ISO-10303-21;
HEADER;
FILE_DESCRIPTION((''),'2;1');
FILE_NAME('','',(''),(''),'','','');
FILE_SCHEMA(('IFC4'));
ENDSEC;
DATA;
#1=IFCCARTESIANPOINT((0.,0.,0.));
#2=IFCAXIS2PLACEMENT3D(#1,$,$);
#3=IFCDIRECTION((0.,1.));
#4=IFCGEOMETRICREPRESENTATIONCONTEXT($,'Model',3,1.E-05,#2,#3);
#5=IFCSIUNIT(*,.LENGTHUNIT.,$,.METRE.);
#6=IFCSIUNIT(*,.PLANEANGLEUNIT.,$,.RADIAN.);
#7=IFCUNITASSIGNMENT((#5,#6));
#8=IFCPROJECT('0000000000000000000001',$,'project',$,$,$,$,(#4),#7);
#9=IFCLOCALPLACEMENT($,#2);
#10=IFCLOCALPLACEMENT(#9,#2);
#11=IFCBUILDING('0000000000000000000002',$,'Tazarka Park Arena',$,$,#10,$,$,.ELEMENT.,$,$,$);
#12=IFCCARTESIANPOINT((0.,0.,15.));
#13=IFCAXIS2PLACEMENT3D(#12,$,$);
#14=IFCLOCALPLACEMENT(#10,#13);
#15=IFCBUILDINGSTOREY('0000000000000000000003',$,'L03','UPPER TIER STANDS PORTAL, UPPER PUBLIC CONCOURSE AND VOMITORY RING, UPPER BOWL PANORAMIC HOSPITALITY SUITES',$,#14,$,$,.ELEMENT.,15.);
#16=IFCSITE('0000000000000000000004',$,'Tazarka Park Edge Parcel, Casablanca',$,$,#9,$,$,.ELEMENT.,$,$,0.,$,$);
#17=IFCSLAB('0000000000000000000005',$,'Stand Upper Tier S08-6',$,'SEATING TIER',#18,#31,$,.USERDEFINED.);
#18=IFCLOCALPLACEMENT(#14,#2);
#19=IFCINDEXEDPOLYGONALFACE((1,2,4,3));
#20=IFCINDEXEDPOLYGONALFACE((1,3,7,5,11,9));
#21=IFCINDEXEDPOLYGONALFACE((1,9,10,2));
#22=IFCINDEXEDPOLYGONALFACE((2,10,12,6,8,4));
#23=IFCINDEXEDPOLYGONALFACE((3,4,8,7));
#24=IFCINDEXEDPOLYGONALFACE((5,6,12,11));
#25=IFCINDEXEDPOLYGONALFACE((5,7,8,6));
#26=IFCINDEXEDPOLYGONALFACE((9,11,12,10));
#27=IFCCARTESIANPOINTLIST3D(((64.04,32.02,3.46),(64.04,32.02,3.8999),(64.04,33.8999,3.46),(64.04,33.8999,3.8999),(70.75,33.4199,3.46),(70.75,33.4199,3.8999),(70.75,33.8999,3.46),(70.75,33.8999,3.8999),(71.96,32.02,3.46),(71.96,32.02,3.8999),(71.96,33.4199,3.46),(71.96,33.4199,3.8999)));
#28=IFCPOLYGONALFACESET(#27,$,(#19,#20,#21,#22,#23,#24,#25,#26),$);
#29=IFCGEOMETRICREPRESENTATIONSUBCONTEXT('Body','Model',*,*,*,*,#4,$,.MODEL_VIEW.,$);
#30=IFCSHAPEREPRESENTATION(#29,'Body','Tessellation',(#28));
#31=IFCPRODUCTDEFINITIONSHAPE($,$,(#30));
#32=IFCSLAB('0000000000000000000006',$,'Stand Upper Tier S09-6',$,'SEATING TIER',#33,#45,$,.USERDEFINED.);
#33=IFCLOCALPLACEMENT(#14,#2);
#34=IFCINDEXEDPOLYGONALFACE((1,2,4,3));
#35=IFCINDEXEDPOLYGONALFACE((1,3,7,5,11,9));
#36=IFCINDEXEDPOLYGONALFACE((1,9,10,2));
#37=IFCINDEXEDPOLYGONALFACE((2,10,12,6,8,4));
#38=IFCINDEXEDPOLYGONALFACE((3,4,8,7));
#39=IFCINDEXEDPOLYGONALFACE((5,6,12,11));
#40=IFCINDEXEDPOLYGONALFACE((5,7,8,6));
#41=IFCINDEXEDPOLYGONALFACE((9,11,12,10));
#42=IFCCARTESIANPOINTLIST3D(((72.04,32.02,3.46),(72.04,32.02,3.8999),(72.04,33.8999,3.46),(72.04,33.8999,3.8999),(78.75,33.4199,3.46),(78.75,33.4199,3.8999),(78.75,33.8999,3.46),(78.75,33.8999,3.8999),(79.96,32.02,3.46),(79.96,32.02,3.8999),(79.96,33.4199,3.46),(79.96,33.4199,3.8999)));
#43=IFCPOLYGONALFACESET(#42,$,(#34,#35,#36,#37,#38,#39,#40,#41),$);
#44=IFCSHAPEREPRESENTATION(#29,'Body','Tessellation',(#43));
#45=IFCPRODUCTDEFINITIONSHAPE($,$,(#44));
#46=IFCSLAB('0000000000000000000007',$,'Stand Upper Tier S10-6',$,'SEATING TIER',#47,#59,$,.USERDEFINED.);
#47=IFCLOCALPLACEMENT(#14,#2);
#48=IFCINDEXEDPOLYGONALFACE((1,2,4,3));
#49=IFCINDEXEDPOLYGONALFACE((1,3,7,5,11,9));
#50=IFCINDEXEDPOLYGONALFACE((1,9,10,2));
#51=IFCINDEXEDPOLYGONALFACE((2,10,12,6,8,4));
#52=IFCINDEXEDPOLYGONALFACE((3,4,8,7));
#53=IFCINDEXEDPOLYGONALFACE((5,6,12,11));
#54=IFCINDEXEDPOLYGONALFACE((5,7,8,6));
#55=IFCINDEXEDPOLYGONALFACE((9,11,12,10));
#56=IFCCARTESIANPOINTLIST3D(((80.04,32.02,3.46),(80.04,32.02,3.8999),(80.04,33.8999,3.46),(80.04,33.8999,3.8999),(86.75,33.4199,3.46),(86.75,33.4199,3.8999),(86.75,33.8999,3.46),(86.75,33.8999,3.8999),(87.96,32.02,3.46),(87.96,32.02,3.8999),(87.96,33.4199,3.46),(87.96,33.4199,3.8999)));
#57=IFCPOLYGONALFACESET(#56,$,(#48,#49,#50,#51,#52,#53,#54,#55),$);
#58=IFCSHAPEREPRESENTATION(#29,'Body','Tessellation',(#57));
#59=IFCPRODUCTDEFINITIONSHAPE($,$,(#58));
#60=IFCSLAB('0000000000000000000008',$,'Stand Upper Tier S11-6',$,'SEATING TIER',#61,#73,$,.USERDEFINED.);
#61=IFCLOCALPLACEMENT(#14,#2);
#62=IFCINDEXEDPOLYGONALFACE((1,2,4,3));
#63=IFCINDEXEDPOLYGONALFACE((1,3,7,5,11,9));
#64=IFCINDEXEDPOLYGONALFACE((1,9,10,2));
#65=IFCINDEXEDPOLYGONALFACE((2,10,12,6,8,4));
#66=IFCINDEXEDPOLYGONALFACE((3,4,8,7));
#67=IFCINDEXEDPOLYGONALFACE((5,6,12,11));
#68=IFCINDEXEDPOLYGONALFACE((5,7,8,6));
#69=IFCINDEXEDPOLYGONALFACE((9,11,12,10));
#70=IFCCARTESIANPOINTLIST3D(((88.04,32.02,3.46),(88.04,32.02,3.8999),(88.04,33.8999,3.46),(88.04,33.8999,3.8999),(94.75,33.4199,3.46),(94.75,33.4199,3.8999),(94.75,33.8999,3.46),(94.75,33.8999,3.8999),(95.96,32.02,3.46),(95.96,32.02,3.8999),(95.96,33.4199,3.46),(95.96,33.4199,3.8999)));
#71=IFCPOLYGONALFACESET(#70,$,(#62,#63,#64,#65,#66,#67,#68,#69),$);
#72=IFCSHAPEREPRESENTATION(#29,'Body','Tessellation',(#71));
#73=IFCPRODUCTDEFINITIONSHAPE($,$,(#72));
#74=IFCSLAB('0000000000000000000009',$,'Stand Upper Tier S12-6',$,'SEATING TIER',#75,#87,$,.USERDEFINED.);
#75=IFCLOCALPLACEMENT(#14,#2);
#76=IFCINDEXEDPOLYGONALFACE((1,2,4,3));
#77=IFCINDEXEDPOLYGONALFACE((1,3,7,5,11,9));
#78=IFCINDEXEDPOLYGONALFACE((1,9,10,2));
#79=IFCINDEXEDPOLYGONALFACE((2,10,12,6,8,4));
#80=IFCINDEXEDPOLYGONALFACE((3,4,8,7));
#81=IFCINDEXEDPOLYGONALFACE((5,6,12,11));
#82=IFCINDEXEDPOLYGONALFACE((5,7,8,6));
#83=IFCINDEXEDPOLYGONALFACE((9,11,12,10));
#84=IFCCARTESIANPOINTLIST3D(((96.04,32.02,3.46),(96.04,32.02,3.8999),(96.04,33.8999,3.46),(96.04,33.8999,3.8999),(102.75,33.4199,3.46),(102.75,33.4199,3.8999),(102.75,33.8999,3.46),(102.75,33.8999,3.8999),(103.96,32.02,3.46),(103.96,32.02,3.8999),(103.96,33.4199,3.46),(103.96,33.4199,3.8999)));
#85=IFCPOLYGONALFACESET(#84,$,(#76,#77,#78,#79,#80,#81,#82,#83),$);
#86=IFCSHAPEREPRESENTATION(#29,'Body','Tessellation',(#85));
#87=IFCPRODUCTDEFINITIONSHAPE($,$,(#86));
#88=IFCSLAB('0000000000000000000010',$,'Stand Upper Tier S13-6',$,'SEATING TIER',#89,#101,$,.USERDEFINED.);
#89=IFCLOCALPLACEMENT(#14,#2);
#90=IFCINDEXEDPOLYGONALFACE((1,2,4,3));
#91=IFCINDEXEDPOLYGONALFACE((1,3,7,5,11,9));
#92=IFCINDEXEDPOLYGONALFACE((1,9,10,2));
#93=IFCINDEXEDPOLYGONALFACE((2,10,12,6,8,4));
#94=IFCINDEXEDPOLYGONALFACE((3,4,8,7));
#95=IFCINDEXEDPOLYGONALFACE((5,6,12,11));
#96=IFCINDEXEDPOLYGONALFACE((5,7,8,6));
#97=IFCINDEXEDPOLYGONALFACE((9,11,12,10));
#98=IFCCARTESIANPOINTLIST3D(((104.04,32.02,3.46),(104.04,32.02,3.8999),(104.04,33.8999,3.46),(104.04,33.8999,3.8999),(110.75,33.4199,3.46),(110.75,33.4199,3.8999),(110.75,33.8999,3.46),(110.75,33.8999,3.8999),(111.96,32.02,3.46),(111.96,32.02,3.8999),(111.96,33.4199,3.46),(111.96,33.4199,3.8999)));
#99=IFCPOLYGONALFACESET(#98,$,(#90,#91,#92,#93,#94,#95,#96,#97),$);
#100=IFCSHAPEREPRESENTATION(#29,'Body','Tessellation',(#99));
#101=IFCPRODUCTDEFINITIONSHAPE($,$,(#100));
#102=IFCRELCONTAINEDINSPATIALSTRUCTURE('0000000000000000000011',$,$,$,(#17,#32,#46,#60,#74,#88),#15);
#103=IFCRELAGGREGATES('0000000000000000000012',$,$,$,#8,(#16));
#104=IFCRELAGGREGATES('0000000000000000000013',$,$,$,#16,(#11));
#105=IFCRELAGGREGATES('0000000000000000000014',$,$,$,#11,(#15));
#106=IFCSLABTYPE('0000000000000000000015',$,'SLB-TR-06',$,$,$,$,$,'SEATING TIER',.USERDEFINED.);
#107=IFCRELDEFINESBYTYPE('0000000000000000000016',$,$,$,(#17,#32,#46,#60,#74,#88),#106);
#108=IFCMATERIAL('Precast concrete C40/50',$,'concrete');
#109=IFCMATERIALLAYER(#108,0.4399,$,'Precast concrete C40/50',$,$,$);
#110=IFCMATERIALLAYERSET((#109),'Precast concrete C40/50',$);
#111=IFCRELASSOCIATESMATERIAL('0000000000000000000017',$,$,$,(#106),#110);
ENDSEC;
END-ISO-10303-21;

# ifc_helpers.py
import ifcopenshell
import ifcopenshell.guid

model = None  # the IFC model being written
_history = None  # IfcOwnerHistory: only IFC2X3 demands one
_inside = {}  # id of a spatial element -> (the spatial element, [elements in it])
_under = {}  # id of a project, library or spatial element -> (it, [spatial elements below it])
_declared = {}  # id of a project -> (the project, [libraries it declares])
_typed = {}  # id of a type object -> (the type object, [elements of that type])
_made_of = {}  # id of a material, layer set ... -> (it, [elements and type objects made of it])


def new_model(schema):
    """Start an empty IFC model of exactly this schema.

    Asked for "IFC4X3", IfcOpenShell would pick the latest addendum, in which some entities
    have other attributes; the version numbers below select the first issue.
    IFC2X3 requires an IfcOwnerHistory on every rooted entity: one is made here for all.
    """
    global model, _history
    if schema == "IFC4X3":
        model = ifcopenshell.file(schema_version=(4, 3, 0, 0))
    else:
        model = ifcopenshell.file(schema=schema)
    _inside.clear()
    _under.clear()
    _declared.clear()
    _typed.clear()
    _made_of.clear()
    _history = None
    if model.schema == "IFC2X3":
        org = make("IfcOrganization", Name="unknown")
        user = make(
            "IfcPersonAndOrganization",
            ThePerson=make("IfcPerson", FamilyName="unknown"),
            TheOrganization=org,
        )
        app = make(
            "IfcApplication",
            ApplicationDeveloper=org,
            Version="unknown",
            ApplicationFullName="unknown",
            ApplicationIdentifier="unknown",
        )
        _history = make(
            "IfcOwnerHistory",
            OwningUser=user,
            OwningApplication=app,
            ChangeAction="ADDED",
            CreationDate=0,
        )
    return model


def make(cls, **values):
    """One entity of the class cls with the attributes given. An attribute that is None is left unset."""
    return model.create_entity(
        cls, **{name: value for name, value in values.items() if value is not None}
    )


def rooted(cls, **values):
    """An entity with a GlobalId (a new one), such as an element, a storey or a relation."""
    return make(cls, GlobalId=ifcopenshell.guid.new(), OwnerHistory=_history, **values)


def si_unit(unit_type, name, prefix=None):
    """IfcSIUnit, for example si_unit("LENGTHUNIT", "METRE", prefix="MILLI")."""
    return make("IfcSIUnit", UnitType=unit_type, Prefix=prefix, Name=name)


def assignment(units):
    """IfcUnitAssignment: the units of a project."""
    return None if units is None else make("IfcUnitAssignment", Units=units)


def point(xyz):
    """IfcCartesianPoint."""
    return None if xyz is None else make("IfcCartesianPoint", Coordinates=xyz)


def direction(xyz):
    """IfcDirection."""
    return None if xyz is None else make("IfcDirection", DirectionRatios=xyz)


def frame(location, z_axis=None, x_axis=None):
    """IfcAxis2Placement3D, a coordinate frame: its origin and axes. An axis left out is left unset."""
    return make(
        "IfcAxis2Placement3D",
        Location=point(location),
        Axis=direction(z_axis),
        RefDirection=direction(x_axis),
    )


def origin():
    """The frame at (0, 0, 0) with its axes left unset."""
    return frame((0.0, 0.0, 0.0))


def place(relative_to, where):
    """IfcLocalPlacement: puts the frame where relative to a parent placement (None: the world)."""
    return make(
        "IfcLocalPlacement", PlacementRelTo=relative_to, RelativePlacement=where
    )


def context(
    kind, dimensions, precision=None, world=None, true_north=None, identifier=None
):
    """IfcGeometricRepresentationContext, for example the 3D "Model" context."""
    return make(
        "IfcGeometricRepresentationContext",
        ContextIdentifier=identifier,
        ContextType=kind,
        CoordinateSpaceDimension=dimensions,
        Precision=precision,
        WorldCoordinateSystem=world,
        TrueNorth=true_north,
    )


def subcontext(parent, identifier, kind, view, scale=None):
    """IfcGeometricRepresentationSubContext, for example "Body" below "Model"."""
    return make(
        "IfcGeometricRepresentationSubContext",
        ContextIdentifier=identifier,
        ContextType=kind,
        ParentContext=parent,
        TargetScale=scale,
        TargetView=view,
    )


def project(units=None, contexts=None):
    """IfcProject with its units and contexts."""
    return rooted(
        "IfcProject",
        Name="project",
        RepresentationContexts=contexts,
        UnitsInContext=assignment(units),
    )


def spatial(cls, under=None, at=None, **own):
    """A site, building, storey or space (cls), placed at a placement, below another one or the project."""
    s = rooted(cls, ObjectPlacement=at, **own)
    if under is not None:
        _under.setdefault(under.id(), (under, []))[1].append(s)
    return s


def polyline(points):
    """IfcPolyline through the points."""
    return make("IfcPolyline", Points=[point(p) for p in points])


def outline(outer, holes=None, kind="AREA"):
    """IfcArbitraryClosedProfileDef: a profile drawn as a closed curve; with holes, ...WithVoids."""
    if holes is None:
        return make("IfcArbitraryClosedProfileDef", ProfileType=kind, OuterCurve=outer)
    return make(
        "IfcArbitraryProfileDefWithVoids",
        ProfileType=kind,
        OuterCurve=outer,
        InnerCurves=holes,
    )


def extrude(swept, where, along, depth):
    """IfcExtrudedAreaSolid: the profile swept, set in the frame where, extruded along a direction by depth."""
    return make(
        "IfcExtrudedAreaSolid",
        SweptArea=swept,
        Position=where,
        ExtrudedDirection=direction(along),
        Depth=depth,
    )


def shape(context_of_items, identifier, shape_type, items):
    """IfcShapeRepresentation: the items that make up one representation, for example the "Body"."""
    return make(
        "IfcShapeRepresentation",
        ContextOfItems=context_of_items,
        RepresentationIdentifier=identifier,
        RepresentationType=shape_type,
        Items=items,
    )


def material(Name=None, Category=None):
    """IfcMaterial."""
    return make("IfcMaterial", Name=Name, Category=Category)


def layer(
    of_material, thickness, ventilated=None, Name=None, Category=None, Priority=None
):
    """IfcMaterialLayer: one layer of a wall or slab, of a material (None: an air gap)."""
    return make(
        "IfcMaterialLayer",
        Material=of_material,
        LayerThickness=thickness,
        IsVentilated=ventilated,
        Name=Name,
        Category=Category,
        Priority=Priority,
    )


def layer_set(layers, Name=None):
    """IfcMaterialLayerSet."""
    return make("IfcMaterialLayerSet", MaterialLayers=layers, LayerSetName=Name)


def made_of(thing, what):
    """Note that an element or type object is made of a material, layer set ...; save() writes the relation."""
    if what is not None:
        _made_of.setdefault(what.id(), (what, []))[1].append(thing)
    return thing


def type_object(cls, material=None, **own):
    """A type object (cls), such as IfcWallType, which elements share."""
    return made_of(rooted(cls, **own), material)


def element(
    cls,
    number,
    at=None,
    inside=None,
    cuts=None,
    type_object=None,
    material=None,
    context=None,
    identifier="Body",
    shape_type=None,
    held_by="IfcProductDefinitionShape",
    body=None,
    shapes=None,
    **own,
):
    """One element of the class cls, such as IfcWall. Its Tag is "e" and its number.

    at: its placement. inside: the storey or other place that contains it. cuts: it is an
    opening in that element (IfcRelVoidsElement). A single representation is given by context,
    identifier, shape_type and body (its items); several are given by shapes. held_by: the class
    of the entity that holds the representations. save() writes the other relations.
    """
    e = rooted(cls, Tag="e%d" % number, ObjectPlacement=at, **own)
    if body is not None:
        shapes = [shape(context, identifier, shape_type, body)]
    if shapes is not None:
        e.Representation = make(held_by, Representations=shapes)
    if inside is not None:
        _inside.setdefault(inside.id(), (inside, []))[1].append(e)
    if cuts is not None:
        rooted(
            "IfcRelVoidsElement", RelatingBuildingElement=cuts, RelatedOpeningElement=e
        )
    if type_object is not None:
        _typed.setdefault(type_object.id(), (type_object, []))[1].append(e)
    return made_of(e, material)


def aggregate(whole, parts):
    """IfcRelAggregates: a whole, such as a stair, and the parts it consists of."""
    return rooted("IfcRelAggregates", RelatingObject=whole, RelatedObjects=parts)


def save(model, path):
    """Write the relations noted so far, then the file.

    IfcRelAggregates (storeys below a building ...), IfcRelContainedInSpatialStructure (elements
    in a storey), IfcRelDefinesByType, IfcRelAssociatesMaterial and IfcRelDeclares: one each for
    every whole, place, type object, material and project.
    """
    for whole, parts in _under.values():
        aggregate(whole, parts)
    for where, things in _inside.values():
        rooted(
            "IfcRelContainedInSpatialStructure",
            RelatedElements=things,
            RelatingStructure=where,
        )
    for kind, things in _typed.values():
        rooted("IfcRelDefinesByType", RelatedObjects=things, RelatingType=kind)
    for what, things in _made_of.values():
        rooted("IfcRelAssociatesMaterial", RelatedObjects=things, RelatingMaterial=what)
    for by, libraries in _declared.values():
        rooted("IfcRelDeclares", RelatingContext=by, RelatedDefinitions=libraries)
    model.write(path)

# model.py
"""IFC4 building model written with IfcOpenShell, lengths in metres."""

from ifc_helpers import new_model, si_unit, direction, frame, origin, place, context, subcontext, project, spatial, polyline, outline, extrude, material, layer, layer_set, type_object, element, save


model = new_model("IFC4")

# Units and contexts
model_context = context("Model", 3, precision=1e-05, world=origin(), true_north=direction((0.0, 1.0)))
body_context = subcontext(model_context, "Body", "Model", "MODEL_VIEW")
ifc_project = project(units=[si_unit("LENGTHUNIT", "METRE"), si_unit("PLANEANGLEUNIT", "RADIAN")], contexts=[model_context])

# Site, building, storey
site_placement = place(None, origin())
site = spatial("IfcSite", under=ifc_project, at=site_placement, Name="Tazarka Park Edge Parcel, Casablanca", CompositionType="ELEMENT", RefElevation=0.0)
building_placement = place(site_placement, origin())
building = spatial("IfcBuilding", under=site, at=building_placement, Name="Tazarka Park Arena", CompositionType="ELEMENT")
storey_placement = place(building_placement, frame((0.0, 0.0, 15.0)))
storey = spatial("IfcBuildingStorey", under=building, at=storey_placement, Name="L03", Description="UPPER TIER STANDS PORTAL, UPPER PUBLIC CONCOURSE AND VOMITORY RING, UPPER BOWL PANORAMIC HOSPITALITY SUITES", CompositionType="ELEMENT", Elevation=15.0)

# Slabs
ifc_material_1 = material(Name="Precast concrete C40/50", Category="concrete")
ifc_layer_1 = layer(ifc_material_1, 0.4399, Name="Precast concrete C40/50")
ifc_layer_set_1 = layer_set([ifc_layer_1], Name="Precast concrete C40/50")
slab_type_1 = type_object("IfcSlabType", Name="SLB-TR-06", ElementType="SEATING TIER", PredefinedType="USERDEFINED", material=ifc_layer_set_1)
slab_1_placement = place(storey_placement, frame((0.0, 0.0, 3.46)))
element("IfcSlab", 1, at=slab_1_placement, inside=storey, type_object=slab_type_1, Name="Stand Upper Tier S08-6", ObjectType="SEATING TIER", PredefinedType="USERDEFINED", context=body_context, shape_type="SweptSolid", body=[
    extrude(outline(polyline([(64.04, 32.02), (71.96, 32.02), (71.96, 33.4199), (70.75, 33.4199), (70.75, 33.8999), (64.04, 33.8999), (64.04, 32.02)])), origin(), (0.0, 0.0, 1.0), 0.4399),
])
slab_2_placement = place(storey_placement, frame((0.0, 0.0, 3.46)))
element("IfcSlab", 2, at=slab_2_placement, inside=storey, type_object=slab_type_1, Name="Stand Upper Tier S09-6", ObjectType="SEATING TIER", PredefinedType="USERDEFINED", context=body_context, shape_type="SweptSolid", body=[
    extrude(outline(polyline([(72.04, 32.02), (79.96, 32.02), (79.96, 33.4199), (78.75, 33.4199), (78.75, 33.8999), (72.04, 33.8999), (72.04, 32.02)])), origin(), (0.0, 0.0, 1.0), 0.4399),
])
slab_3_placement = place(storey_placement, frame((0.0, 0.0, 3.46)))
element("IfcSlab", 3, at=slab_3_placement, inside=storey, type_object=slab_type_1, Name="Stand Upper Tier S10-6", ObjectType="SEATING TIER", PredefinedType="USERDEFINED", context=body_context, shape_type="SweptSolid", body=[
    extrude(outline(polyline([(80.04, 32.02), (87.96, 32.02), (87.96, 33.4199), (86.75, 33.4199), (86.75, 33.8999), (80.04, 33.8999), (80.04, 32.02)])), origin(), (0.0, 0.0, 1.0), 0.4399),
])
slab_4_placement = place(storey_placement, frame((0.0, 0.0, 3.46)))
element("IfcSlab", 4, at=slab_4_placement, inside=storey, type_object=slab_type_1, Name="Stand Upper Tier S11-6", ObjectType="SEATING TIER", PredefinedType="USERDEFINED", context=body_context, shape_type="SweptSolid", body=[
    extrude(outline(polyline([(88.04, 32.02), (95.96, 32.02), (95.96, 33.4199), (94.75, 33.4199), (94.75, 33.8999), (88.04, 33.8999), (88.04, 32.02)])), origin(), (0.0, 0.0, 1.0), 0.4399),
])
slab_5_placement = place(storey_placement, frame((0.0, 0.0, 3.46)))
element("IfcSlab", 5, at=slab_5_placement, inside=storey, type_object=slab_type_1, Name="Stand Upper Tier S12-6", ObjectType="SEATING TIER", PredefinedType="USERDEFINED", context=body_context, shape_type="SweptSolid", body=[
    extrude(outline(polyline([(96.04, 32.02), (103.96, 32.02), (103.96, 33.4199), (102.75, 33.4199), (102.75, 33.8999), (96.04, 33.8999), (96.04, 32.02)])), origin(), (0.0, 0.0, 1.0), 0.4399),
])
slab_6_placement = place(storey_placement, frame((0.0, 0.0, 3.46)))
element("IfcSlab", 6, at=slab_6_placement, inside=storey, type_object=slab_type_1, Name="Stand Upper Tier S13-6", ObjectType="SEATING TIER", PredefinedType="USERDEFINED", context=body_context, shape_type="SweptSolid", body=[
    extrude(outline(polyline([(104.04, 32.02), (111.96, 32.02), (111.96, 33.4199), (110.75, 33.4199), (110.75, 33.8999), (104.04, 33.8999), (104.04, 32.02)])), origin(), (0.0, 0.0, 1.0), 0.4399),
])

save(model, "model.ifc")
